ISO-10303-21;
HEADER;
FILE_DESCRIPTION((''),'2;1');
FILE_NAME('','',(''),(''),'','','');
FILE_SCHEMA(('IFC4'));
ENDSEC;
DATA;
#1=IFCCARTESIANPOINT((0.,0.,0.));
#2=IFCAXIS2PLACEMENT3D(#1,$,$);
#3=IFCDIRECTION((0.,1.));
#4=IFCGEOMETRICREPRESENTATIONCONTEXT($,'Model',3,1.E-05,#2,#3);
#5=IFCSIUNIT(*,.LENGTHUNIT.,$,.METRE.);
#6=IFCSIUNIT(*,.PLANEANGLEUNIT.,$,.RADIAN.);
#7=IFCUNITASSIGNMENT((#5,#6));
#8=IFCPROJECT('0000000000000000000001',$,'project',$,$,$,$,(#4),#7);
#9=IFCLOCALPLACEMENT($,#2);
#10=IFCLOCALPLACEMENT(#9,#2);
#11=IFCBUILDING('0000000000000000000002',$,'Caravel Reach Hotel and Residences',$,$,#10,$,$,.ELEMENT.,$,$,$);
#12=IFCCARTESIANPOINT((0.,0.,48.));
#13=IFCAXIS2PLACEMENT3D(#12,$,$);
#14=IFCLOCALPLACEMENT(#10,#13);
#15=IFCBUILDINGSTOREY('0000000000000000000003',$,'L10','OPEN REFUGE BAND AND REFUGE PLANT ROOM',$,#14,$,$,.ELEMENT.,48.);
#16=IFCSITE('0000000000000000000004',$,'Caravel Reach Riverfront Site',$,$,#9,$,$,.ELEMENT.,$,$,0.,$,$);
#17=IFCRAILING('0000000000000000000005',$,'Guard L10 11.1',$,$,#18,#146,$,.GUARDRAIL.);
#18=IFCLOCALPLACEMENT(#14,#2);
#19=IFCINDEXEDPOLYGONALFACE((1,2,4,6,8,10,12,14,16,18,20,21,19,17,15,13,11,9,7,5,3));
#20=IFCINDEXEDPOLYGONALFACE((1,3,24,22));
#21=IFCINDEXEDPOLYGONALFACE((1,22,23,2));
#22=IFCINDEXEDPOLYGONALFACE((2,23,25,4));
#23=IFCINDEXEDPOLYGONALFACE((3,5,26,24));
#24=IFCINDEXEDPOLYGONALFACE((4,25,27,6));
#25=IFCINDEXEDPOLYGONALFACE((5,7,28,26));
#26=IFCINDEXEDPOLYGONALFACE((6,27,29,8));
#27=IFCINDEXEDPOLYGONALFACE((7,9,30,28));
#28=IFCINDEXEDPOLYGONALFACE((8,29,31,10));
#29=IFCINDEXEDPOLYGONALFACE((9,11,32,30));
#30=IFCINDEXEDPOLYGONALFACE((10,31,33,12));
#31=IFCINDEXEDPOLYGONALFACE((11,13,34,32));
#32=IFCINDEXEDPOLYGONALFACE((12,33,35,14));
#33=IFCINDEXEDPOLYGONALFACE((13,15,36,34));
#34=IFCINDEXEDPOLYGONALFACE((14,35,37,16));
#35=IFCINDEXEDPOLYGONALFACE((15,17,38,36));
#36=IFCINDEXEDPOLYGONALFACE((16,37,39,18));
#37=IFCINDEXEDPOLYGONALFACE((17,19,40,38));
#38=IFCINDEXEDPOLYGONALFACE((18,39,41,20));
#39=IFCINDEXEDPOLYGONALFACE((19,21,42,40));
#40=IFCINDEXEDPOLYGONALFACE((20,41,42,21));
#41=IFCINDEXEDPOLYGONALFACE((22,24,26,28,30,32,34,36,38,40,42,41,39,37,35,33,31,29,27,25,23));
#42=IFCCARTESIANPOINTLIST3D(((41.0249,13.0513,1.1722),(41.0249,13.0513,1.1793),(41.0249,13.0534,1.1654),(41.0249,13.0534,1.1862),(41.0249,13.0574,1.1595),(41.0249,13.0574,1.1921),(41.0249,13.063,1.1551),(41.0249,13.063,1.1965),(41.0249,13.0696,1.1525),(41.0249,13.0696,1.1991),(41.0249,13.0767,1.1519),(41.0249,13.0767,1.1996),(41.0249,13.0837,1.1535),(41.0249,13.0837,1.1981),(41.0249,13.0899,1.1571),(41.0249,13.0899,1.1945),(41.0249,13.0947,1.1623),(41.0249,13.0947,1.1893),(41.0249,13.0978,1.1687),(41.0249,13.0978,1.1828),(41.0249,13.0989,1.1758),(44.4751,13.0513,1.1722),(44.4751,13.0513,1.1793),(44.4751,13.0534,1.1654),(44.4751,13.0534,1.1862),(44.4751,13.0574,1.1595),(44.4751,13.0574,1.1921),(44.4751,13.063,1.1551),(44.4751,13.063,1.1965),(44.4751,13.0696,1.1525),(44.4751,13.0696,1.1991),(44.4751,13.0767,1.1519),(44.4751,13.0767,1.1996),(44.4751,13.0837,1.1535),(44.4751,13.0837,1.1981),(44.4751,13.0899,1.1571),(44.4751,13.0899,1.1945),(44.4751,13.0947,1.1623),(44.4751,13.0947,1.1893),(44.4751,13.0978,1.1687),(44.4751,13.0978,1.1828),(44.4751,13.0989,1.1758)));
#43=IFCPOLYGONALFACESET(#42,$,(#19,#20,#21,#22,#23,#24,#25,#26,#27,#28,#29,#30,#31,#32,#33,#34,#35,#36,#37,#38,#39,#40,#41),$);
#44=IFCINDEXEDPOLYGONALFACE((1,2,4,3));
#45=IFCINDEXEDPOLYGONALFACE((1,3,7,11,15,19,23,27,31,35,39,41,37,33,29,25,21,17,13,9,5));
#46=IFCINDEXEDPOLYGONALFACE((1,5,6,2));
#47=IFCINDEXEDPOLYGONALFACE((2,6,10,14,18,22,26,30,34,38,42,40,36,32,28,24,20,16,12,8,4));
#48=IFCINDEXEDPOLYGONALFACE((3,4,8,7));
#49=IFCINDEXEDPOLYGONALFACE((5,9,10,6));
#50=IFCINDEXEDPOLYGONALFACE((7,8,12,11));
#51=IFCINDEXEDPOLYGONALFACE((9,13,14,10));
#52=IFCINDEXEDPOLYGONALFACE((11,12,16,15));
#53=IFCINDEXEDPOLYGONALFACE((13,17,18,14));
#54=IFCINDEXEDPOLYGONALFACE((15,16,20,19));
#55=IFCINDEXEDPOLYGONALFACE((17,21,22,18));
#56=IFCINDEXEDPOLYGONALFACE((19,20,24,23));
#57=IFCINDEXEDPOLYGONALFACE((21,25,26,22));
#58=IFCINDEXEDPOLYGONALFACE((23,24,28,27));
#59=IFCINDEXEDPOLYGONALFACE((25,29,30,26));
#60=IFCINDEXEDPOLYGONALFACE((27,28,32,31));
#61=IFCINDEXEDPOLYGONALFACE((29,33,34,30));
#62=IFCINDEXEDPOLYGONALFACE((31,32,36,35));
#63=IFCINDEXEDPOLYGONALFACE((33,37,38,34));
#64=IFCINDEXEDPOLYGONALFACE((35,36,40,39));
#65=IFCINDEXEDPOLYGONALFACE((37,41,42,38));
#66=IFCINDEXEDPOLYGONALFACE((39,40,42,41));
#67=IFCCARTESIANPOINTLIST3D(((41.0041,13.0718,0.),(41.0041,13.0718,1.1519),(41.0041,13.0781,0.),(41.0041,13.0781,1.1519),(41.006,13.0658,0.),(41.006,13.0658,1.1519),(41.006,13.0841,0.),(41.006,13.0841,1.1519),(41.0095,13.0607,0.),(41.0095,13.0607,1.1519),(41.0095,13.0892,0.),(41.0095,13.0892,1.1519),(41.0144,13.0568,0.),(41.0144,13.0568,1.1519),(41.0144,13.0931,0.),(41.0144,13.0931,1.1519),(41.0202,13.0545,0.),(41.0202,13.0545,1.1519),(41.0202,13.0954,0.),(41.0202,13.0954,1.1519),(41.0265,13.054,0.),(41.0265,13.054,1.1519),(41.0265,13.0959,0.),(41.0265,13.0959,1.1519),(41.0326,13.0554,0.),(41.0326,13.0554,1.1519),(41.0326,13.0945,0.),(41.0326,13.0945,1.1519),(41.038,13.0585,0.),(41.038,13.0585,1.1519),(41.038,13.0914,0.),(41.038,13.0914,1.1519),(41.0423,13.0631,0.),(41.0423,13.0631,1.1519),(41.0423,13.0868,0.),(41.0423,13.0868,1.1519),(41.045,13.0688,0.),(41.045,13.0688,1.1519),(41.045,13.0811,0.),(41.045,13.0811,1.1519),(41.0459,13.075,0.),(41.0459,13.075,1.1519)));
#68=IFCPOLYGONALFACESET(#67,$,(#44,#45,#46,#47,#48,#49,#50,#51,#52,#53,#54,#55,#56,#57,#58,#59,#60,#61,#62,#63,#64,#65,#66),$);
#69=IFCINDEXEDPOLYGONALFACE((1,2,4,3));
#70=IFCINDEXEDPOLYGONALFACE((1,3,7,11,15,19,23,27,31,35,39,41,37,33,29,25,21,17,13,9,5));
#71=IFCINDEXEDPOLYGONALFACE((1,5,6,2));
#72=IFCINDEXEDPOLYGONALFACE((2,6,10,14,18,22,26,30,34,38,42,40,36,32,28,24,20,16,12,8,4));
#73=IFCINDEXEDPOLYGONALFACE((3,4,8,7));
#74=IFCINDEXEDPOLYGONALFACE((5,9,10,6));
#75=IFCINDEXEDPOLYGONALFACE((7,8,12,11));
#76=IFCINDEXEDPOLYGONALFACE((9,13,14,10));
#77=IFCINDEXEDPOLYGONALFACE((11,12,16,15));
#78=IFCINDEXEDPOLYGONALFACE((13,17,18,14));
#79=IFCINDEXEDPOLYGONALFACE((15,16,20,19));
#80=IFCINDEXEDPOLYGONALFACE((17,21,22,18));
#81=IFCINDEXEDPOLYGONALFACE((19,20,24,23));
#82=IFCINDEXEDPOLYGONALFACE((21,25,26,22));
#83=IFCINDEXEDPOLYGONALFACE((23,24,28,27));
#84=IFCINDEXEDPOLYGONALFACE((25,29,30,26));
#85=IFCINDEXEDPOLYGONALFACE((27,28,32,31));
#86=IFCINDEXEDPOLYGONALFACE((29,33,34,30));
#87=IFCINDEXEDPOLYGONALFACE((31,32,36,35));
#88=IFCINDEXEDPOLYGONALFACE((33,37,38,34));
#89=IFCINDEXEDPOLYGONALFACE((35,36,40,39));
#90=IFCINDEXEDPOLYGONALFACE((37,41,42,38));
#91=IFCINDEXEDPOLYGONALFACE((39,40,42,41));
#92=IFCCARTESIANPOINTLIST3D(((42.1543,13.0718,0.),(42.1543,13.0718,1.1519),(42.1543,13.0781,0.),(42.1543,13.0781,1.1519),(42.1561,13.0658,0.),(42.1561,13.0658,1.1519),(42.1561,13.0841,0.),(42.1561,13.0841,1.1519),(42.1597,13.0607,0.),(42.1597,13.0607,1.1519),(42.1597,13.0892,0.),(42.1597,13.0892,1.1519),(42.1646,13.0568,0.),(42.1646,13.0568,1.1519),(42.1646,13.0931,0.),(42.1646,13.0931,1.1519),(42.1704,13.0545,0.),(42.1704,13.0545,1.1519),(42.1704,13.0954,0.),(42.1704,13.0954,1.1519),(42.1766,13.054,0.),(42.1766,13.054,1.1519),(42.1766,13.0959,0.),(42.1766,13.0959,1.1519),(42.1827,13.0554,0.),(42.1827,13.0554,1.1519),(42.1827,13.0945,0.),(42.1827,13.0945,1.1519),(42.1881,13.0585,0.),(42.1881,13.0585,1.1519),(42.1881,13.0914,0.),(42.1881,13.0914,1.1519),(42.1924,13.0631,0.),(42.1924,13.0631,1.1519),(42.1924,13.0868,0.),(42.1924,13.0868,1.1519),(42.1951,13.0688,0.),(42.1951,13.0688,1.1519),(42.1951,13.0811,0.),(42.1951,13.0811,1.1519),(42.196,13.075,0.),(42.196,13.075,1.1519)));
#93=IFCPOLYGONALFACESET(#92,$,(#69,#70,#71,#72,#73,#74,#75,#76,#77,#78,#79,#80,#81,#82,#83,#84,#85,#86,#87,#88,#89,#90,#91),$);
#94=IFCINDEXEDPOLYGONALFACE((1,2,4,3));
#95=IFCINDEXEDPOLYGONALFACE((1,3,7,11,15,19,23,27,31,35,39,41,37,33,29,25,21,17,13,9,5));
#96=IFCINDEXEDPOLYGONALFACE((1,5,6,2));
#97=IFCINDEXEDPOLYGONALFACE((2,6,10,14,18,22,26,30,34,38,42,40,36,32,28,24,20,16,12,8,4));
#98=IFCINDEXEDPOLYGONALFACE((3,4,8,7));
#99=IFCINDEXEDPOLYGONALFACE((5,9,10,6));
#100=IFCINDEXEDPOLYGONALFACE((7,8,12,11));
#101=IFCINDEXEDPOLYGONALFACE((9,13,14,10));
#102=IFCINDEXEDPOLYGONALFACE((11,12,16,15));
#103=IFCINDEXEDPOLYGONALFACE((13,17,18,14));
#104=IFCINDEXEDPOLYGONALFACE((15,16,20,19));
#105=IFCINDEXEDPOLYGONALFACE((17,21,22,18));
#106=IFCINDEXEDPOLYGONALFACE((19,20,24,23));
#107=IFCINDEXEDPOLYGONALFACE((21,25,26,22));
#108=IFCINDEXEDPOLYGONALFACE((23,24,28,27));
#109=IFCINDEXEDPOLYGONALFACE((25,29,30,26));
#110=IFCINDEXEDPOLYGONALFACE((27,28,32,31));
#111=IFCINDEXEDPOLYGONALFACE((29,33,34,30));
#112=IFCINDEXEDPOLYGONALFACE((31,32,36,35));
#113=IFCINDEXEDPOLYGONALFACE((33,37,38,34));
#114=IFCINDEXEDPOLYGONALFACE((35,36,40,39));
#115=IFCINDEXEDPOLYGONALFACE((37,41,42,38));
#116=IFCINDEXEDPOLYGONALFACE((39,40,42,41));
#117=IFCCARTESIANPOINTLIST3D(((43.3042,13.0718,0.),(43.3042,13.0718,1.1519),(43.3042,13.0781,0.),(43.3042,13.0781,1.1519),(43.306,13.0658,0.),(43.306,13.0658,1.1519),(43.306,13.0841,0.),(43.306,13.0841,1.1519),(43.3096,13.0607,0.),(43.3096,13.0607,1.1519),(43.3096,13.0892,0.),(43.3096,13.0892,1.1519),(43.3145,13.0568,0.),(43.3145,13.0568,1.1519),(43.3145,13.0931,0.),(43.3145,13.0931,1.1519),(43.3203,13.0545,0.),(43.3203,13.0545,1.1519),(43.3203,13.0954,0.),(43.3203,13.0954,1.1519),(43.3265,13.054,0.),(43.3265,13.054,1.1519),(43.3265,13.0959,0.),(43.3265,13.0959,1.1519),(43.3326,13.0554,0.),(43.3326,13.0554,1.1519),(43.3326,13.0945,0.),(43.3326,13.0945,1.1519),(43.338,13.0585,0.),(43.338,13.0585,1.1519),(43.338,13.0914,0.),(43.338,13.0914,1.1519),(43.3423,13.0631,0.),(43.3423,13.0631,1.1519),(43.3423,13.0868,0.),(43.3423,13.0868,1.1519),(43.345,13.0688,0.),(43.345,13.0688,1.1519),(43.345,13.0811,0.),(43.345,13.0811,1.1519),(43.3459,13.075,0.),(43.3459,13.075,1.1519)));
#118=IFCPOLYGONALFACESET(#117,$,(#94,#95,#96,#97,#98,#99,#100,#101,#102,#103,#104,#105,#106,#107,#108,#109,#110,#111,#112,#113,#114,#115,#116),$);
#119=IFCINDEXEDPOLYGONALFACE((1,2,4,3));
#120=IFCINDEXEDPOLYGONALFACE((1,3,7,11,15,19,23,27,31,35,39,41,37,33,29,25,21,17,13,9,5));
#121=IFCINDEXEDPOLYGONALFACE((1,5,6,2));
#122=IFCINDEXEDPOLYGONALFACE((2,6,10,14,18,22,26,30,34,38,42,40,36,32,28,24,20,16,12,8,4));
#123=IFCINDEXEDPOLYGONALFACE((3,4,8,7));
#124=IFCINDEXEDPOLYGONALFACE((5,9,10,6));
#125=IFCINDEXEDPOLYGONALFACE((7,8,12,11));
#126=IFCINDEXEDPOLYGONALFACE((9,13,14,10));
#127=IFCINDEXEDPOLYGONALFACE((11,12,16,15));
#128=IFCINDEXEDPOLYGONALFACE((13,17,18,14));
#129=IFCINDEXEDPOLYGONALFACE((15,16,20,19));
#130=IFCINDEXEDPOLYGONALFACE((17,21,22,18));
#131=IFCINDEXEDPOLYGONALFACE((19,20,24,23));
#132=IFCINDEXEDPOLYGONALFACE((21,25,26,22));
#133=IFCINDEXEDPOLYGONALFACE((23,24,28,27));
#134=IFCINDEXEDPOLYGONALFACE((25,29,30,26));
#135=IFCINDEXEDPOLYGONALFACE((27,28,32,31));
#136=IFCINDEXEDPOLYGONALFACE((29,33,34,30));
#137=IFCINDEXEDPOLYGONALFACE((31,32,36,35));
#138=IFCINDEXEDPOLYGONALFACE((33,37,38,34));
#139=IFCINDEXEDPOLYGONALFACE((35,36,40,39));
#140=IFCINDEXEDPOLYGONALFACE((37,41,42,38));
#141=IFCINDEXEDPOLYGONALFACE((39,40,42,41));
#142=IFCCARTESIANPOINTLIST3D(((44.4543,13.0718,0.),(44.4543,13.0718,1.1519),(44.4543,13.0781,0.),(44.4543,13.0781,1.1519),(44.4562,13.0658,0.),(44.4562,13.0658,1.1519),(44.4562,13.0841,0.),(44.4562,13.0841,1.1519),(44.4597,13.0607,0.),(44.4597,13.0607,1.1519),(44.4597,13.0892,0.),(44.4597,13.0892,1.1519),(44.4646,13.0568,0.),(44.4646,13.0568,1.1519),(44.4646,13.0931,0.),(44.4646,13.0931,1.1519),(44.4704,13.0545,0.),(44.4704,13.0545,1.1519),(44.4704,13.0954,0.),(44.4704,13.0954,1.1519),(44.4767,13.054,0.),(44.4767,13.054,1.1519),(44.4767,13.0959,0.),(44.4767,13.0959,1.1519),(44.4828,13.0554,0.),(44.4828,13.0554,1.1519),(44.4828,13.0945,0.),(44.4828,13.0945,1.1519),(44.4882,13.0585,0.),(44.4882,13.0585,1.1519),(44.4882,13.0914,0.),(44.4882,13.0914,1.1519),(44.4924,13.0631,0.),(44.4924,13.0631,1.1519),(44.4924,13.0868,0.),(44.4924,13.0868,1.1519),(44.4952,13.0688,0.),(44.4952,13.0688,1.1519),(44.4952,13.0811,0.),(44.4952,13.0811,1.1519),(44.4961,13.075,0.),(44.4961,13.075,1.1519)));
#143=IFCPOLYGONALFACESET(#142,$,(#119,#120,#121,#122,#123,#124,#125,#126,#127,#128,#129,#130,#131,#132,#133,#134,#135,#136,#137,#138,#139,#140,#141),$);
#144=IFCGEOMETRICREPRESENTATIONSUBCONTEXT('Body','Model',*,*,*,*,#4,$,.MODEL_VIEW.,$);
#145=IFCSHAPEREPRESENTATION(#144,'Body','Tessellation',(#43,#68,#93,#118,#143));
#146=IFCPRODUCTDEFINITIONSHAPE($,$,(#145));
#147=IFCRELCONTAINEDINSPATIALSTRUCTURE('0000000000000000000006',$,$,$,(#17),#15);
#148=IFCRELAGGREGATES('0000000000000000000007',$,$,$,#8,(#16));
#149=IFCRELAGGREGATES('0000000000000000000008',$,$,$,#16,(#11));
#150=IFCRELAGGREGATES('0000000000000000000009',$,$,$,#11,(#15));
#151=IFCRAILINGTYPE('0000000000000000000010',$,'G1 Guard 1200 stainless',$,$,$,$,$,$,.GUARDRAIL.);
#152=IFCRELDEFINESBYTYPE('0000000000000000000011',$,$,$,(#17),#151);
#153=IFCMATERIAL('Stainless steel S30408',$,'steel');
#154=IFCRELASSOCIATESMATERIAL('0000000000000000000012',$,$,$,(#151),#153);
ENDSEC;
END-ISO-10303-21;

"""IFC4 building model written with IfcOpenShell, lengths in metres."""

from ifc_helpers import new_model, si_unit, direction, frame, origin, origin_2d, place, context, subcontext, project, spatial, circle, extrude, material, type_object, element, save


model = new_model("IFC4")

# Units and contexts
model_context = context("Model", 3, precision=1e-05, world=origin(), true_north=direction((0.0, 1.0)))
body_context = subcontext(model_context, "Body", "Model", "MODEL_VIEW")
ifc_project = project(units=[si_unit("LENGTHUNIT", "METRE"), si_unit("PLANEANGLEUNIT", "RADIAN")], contexts=[model_context])

# Site, building, storey
site_placement = place(None, origin())
site = spatial("IfcSite", under=ifc_project, at=site_placement, Name="Caravel Reach Riverfront Site", CompositionType="ELEMENT", RefElevation=0.0)
building_placement = place(site_placement, origin())
building = spatial("IfcBuilding", under=site, at=building_placement, Name="Caravel Reach Hotel and Residences", CompositionType="ELEMENT")
storey_placement = place(building_placement, frame((0.0, 0.0, 48.0)))
storey = spatial("IfcBuildingStorey", under=building, at=storey_placement, Name="L10", Description="OPEN REFUGE BAND AND REFUGE PLANT ROOM", CompositionType="ELEMENT", Elevation=48.0)

# Railing
ifc_material_1 = material(Name="Stainless steel S30408", Category="steel")
railing_type = type_object("IfcRailingType", Name="G1 Guard 1200 stainless", PredefinedType="GUARDRAIL", material=ifc_material_1)
railing_placement = place(storey_placement, frame((41.0249, 13.075, 0.0)))
element("IfcRailing", 1, at=railing_placement, inside=storey, type_object=railing_type, Name="Guard L10 11.1", PredefinedType="GUARDRAIL", context=body_context, shape_type="SweptSolid", body=[
    extrude(circle(Radius=0.0239, at=origin_2d()), frame((0.0, 0.0, 1.1758), z_axis=(1.0, 0.0, 0.0), x_axis=(0.0, 1.0, 0.0)), (0.0, 0.0, 1.0), 3.4502),
    extrude(circle(Radius=0.021, at=origin_2d()), origin(), (0.0, 0.0, 1.0), 1.1519),
    extrude(circle(Radius=0.021, at=origin_2d()), frame((1.1501, 0.0, 0.0)), (0.0, 0.0, 1.0), 1.1519),
    extrude(circle(Radius=0.021, at=origin_2d()), frame((2.3, 0.0, 0.0)), (0.0, 0.0, 1.0), 1.1519),
    extrude(circle(Radius=0.021, at=origin_2d()), frame((3.4502, 0.0, 0.0)), (0.0, 0.0, 1.0), 1.1519),
])

save(model, "model.ifc")
